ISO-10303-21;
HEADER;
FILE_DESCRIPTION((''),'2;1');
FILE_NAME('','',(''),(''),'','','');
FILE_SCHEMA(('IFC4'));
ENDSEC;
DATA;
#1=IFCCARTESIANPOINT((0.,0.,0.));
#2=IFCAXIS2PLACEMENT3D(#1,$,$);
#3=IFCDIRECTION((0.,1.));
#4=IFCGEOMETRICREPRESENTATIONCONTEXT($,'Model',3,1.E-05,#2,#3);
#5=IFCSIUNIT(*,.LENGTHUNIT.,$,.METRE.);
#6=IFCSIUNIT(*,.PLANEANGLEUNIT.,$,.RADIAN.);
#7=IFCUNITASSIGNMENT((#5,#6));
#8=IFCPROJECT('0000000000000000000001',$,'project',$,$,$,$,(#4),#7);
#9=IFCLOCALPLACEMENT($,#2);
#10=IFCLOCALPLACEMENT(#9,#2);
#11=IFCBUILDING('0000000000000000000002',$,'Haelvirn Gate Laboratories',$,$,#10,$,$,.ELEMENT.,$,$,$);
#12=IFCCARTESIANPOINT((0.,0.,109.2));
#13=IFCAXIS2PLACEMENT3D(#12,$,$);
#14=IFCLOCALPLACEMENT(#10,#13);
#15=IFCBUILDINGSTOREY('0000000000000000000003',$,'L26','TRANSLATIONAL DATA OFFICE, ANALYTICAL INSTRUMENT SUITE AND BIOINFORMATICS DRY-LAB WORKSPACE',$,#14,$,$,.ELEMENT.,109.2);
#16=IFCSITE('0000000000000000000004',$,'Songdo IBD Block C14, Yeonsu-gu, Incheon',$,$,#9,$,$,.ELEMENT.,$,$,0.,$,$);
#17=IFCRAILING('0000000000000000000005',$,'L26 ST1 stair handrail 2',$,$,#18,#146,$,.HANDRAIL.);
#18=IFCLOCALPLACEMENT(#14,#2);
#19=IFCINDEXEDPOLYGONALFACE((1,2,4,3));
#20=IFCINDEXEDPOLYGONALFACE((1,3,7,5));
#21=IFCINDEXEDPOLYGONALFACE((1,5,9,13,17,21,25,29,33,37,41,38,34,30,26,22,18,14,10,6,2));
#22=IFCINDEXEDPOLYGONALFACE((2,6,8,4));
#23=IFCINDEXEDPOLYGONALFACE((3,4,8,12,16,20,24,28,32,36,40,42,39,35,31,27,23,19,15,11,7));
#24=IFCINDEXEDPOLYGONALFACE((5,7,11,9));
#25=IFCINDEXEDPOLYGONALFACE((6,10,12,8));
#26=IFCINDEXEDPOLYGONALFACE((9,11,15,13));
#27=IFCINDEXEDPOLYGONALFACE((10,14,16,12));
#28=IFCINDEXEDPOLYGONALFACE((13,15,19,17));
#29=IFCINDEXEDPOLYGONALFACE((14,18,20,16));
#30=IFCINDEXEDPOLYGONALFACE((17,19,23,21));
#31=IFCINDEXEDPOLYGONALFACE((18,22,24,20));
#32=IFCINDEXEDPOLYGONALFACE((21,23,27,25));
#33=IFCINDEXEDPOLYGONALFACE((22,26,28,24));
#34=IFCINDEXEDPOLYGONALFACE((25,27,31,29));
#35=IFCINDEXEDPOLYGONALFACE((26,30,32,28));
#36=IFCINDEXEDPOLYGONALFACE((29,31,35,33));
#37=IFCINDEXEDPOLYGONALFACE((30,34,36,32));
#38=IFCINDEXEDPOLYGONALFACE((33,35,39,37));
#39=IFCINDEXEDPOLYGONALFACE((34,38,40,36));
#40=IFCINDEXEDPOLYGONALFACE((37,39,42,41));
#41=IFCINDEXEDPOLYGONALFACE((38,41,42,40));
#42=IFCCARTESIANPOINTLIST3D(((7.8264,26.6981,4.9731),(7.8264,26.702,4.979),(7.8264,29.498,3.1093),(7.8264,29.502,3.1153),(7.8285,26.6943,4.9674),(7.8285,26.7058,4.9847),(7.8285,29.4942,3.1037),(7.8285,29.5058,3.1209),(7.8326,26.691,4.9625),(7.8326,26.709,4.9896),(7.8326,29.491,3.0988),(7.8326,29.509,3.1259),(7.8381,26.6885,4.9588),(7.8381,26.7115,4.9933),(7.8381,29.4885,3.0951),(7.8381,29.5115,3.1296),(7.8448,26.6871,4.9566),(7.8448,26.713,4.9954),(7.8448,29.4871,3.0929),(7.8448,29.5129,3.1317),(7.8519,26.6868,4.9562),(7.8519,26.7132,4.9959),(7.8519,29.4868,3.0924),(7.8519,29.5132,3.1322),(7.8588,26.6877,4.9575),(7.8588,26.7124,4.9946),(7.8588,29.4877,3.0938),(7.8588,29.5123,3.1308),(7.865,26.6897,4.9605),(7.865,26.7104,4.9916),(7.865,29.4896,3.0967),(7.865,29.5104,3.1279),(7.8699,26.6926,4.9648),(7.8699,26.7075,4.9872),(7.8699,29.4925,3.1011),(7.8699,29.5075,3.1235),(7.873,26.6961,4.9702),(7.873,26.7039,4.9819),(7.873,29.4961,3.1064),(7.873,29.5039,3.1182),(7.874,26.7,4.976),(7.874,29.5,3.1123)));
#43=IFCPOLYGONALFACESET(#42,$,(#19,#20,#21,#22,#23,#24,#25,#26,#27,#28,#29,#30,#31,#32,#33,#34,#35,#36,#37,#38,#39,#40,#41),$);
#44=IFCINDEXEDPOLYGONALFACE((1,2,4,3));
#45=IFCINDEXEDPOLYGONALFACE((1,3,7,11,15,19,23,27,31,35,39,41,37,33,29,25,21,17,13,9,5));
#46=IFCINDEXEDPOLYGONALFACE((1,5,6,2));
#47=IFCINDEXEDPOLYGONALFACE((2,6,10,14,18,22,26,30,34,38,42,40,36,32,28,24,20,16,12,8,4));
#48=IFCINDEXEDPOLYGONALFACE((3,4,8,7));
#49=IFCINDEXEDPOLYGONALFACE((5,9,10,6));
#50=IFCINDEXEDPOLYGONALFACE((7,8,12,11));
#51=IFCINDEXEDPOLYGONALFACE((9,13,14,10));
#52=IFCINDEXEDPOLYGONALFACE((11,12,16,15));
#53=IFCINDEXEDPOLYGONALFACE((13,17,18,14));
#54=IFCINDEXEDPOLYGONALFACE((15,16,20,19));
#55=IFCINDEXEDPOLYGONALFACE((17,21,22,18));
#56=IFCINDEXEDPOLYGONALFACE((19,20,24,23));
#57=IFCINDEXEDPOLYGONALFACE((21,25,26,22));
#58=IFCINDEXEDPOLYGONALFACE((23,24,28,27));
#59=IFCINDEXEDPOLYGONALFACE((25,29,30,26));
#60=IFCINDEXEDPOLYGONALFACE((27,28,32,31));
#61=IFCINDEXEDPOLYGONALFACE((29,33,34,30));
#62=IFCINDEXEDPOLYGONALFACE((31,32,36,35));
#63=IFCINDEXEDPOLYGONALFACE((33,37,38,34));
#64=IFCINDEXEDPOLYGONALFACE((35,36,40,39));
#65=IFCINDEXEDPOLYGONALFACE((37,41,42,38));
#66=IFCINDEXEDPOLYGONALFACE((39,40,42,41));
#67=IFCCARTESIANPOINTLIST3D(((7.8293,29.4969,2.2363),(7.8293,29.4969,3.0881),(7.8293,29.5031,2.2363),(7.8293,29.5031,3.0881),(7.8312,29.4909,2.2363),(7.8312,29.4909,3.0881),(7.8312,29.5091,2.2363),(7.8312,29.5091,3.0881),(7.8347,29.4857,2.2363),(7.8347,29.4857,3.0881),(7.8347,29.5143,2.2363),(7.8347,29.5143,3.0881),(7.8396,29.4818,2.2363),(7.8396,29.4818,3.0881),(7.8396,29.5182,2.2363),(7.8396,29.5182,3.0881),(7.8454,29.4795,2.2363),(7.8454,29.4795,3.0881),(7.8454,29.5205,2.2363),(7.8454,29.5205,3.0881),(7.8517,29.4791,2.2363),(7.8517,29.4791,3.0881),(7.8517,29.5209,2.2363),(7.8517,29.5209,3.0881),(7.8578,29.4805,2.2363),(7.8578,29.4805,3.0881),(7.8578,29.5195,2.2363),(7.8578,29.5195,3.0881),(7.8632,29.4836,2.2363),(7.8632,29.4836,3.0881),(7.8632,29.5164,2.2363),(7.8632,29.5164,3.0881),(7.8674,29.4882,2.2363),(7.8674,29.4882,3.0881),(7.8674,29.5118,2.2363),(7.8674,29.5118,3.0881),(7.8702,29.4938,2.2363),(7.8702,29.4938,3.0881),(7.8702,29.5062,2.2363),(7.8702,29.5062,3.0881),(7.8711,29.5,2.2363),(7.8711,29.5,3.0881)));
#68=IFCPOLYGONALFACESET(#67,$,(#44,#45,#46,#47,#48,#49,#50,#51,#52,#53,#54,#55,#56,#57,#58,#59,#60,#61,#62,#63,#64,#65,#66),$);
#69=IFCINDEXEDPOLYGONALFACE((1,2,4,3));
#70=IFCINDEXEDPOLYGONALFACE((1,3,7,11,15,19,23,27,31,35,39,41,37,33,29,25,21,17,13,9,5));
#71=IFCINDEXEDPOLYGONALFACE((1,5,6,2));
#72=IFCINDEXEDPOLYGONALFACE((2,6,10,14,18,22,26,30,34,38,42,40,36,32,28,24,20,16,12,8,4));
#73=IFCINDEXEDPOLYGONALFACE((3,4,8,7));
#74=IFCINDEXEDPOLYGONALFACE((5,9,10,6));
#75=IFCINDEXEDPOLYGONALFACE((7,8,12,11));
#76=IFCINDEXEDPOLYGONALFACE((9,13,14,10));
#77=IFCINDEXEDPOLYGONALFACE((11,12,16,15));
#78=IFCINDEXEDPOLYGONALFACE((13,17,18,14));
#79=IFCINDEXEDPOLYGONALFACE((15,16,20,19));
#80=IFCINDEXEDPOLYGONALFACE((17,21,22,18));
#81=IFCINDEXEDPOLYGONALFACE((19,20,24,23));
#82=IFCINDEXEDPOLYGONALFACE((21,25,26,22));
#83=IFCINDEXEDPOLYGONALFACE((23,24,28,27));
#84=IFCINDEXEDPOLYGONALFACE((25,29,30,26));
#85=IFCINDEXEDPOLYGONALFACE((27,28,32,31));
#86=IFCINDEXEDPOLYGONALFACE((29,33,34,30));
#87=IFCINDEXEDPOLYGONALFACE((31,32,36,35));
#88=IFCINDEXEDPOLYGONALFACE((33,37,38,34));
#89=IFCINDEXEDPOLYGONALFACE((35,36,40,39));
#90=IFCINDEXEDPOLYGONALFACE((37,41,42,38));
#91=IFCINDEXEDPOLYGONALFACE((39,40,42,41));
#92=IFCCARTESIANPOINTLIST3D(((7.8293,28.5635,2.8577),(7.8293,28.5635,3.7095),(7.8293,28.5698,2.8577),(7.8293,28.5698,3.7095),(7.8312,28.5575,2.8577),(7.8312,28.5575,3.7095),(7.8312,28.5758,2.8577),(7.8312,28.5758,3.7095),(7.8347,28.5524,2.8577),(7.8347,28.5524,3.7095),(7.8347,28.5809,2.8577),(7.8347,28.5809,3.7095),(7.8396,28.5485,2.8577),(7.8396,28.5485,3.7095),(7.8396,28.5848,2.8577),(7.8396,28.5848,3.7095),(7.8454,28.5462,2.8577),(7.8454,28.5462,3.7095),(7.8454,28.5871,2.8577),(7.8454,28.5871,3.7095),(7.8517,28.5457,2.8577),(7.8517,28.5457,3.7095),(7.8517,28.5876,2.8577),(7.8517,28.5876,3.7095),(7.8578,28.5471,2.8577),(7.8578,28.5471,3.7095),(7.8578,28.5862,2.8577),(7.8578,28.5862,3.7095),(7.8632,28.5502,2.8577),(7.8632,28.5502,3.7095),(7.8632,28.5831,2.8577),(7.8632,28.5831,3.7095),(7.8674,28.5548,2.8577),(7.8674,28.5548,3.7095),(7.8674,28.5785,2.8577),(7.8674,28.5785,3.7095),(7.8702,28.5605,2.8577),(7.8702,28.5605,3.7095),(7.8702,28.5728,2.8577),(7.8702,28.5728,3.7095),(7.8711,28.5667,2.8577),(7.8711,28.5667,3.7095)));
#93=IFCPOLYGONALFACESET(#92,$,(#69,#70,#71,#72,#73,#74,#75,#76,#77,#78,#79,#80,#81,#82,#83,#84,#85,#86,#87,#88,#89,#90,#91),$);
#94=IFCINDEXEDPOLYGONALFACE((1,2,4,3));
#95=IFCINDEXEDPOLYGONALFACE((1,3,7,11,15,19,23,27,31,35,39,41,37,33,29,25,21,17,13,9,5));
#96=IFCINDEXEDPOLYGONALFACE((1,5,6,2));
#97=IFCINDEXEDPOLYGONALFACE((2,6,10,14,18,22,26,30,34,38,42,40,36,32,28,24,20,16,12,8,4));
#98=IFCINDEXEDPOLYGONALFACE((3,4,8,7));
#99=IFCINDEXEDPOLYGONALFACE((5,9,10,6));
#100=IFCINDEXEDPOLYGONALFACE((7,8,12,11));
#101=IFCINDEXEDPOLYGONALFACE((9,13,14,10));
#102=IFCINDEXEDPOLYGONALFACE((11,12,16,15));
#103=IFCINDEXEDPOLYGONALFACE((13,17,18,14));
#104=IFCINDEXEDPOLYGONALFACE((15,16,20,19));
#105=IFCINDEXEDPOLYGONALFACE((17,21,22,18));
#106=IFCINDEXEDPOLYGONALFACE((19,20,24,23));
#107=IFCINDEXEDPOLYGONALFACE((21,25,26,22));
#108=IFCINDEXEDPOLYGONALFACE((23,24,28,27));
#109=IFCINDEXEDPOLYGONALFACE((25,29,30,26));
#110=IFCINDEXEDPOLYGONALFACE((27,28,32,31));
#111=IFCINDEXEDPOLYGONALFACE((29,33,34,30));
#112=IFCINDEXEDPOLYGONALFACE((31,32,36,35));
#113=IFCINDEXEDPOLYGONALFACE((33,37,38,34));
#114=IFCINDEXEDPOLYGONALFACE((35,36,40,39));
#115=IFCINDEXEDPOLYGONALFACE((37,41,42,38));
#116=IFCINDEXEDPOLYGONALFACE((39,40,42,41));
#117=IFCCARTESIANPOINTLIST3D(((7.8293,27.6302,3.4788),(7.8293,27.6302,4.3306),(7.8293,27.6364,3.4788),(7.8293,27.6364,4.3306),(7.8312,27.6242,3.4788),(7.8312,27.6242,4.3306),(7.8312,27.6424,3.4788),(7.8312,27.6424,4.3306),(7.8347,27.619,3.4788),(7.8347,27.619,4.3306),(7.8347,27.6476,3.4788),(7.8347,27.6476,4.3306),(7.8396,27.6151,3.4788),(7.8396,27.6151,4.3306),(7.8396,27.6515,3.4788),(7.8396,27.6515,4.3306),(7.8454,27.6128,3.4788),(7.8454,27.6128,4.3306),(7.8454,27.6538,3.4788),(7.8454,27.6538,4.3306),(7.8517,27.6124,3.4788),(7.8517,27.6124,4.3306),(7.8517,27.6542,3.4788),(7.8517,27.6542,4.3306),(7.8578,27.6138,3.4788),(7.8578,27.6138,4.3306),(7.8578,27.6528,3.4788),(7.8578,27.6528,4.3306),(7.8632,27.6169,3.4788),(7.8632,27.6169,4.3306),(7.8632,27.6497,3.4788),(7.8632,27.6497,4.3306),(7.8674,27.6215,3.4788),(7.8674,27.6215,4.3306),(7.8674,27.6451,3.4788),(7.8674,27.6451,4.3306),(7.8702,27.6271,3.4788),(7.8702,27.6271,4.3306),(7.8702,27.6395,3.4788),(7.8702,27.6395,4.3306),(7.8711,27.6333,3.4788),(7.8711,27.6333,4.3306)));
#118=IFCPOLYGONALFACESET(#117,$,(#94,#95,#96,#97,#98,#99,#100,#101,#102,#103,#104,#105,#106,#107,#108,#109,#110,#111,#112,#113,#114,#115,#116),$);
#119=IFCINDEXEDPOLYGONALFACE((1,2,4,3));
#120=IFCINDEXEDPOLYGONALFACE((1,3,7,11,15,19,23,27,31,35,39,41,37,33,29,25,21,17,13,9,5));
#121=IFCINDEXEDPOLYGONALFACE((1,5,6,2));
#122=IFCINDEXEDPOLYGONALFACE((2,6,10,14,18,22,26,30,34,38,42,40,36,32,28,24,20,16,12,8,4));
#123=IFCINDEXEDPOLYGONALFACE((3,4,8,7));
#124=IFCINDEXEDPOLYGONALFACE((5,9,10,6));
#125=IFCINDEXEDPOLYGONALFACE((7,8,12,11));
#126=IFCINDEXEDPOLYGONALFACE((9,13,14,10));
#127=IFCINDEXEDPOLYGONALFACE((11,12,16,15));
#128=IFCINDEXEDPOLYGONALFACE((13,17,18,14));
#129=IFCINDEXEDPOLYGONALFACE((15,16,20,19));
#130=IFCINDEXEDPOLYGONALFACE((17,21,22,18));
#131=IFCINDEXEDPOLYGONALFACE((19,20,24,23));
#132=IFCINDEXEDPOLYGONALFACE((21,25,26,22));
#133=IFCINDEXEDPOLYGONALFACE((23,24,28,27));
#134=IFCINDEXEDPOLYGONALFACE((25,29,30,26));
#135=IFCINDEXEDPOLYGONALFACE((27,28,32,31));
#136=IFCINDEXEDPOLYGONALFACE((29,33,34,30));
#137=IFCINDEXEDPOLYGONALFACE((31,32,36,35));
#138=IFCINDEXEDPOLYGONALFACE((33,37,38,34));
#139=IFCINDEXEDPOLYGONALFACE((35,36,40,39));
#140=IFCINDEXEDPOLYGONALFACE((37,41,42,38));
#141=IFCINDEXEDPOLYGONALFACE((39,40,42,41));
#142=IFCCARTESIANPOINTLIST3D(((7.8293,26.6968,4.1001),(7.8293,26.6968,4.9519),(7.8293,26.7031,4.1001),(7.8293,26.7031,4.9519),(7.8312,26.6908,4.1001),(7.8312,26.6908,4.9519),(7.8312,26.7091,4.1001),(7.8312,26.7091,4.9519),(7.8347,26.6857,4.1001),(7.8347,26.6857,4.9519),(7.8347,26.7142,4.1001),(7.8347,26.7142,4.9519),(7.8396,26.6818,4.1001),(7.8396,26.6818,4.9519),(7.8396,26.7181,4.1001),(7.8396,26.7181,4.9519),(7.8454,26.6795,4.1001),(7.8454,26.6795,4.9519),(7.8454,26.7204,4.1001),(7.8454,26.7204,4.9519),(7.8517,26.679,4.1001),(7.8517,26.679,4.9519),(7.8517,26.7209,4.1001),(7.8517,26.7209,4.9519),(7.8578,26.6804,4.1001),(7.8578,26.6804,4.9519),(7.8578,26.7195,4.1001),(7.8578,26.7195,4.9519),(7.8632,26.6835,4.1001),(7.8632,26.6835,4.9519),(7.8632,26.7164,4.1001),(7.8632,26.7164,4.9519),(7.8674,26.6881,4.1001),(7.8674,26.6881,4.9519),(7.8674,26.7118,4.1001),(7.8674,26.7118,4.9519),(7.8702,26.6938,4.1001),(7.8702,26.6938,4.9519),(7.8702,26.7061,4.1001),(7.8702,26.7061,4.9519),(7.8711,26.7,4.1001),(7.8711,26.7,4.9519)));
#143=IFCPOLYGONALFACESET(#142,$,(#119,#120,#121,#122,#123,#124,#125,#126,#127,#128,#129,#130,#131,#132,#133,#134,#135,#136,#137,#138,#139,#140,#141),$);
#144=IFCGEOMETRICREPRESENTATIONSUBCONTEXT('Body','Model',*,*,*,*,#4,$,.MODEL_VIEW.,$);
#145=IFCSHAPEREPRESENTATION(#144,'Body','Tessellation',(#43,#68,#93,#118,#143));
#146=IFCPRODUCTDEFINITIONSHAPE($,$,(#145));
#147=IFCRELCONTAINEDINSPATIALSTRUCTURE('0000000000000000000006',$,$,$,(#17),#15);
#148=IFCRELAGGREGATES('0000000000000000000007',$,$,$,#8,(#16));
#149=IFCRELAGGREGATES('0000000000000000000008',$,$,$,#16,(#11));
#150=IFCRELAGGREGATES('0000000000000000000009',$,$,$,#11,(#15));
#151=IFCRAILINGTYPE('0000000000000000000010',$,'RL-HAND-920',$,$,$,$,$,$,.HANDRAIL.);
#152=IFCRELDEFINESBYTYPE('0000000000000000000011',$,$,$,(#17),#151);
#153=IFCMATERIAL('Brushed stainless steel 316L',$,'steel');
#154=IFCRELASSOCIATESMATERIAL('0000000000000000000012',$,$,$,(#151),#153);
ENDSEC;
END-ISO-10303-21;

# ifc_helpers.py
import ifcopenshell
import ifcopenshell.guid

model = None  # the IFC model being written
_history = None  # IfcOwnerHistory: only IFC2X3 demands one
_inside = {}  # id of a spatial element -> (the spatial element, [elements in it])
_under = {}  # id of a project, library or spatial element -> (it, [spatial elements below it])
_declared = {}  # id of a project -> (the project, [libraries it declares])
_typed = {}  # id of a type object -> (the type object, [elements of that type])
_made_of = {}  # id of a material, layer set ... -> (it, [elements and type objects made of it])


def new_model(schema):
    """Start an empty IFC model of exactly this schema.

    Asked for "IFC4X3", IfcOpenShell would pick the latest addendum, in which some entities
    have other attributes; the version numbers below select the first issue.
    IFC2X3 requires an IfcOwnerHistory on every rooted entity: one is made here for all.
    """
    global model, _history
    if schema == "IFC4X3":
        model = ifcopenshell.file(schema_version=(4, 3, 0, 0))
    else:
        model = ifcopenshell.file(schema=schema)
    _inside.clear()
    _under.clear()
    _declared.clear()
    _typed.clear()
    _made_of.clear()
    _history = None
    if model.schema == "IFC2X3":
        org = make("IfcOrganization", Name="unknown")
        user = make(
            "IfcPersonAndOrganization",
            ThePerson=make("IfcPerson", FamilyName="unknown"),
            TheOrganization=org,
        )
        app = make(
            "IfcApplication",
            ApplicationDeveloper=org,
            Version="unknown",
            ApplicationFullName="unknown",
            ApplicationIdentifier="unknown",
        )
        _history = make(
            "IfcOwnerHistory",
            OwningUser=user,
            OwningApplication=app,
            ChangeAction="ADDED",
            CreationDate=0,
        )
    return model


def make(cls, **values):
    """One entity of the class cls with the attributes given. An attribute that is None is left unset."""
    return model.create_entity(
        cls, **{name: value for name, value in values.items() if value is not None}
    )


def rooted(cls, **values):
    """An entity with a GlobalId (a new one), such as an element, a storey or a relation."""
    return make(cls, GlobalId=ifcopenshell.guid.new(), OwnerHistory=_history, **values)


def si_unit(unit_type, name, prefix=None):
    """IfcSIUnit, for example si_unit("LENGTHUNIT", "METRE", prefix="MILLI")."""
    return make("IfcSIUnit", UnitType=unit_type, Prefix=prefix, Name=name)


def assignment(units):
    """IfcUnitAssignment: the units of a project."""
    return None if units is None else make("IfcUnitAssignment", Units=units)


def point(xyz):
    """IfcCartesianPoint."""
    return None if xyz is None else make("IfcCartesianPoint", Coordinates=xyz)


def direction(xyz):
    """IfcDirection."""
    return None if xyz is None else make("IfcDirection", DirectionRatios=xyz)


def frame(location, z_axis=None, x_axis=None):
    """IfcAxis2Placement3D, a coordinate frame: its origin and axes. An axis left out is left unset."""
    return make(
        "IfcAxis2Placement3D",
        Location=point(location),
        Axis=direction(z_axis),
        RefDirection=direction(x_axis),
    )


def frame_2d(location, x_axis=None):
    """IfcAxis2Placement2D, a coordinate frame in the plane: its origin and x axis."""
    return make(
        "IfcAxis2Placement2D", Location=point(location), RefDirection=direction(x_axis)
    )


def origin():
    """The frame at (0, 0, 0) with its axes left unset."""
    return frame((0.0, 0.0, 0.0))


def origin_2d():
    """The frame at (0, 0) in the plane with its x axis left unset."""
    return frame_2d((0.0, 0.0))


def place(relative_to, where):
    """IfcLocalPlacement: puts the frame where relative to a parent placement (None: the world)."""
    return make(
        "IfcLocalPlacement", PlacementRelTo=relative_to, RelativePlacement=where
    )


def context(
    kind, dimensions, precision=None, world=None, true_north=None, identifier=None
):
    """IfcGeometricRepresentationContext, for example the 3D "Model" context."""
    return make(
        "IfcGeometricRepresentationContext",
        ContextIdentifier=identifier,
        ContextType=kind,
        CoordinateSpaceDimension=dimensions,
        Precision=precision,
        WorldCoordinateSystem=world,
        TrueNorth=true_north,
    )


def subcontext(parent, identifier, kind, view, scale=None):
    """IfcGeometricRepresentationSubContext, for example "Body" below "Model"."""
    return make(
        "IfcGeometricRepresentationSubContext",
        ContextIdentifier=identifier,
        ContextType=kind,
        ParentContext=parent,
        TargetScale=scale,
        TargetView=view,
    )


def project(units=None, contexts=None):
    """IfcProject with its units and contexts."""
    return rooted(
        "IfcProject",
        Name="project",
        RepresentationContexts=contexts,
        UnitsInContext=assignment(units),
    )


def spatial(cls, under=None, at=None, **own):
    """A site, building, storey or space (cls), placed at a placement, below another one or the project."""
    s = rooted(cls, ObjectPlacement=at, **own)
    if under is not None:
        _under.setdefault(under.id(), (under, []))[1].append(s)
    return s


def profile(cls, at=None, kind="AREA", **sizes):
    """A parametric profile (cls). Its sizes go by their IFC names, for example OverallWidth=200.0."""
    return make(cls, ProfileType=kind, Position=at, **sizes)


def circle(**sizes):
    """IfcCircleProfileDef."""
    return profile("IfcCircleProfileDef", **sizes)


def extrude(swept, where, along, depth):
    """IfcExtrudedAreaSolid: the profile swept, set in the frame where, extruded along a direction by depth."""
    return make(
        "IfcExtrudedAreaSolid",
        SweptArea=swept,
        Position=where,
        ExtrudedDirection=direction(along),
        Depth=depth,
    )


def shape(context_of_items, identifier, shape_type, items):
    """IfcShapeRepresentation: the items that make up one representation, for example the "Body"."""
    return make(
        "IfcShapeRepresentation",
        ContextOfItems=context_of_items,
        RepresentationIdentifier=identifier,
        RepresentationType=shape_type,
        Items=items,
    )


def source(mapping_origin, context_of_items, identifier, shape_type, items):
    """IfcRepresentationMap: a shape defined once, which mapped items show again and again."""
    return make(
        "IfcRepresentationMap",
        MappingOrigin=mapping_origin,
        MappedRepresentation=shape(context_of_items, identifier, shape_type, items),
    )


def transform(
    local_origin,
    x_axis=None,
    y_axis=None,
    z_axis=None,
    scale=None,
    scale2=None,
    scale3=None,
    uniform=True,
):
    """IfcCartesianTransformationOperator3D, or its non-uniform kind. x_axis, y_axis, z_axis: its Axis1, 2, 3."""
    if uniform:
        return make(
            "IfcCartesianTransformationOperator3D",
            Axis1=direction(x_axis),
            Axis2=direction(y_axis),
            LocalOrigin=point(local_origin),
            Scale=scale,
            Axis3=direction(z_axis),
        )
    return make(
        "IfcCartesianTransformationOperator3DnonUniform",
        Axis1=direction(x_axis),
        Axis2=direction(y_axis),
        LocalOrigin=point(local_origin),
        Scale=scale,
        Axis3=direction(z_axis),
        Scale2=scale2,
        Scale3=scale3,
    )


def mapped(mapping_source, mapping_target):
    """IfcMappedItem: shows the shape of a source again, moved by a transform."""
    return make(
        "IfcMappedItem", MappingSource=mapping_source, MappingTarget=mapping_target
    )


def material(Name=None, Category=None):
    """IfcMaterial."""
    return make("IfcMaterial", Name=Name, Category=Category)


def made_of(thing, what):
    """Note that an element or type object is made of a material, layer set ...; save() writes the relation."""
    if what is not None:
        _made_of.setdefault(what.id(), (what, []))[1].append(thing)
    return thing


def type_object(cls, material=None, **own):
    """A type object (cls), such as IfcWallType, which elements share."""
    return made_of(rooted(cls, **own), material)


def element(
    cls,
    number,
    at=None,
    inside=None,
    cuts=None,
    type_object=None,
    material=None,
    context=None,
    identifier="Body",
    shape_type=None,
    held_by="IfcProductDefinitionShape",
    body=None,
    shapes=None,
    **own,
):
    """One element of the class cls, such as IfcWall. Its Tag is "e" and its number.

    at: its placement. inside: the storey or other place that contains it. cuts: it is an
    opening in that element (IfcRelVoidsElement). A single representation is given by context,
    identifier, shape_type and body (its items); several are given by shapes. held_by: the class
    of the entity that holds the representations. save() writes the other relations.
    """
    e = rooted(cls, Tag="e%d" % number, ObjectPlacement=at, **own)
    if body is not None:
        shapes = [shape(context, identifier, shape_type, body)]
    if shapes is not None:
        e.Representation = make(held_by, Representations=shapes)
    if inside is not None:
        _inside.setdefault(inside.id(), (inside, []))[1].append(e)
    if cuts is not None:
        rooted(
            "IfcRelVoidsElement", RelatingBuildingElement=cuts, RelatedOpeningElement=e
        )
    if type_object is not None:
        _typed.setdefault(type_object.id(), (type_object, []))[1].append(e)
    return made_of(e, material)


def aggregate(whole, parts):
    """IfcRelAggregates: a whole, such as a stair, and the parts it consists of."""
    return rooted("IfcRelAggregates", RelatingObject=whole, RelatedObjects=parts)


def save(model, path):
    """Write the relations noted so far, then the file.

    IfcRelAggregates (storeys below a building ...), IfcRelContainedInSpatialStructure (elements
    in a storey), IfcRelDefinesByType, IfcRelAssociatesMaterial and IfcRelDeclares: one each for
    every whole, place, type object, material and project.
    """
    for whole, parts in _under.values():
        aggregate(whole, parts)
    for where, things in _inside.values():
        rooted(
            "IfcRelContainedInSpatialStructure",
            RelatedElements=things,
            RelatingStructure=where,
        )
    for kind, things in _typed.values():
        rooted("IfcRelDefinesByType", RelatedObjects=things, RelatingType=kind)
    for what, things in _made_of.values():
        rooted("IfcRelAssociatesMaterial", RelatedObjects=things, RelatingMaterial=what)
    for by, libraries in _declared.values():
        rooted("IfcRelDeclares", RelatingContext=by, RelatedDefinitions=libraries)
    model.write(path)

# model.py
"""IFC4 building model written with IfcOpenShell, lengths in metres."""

from ifc_helpers import new_model, si_unit, direction, frame, origin, origin_2d, place, context, subcontext, project, spatial, circle, extrude, source, transform, mapped, material, type_object, element, save


model = new_model("IFC4")

# Units and contexts
model_context = context("Model", 3, precision=1e-05, world=origin(), true_north=direction((0.0, 1.0)))
body_context = subcontext(model_context, "Body", "Model", "MODEL_VIEW")
ifc_project = project(units=[si_unit("LENGTHUNIT", "METRE"), si_unit("PLANEANGLEUNIT", "RADIAN")], contexts=[model_context])

# Site, building, storey
site_placement = place(None, origin())
site = spatial("IfcSite", under=ifc_project, at=site_placement, Name="Songdo IBD Block C14, Yeonsu-gu, Incheon", CompositionType="ELEMENT", RefElevation=0.0)
building_placement = place(site_placement, origin())
building = spatial("IfcBuilding", under=site, at=building_placement, Name="Haelvirn Gate Laboratories", CompositionType="ELEMENT")
storey_placement = place(building_placement, frame((0.0, 0.0, 109.2)))
storey = spatial("IfcBuildingStorey", under=building, at=storey_placement, Name="L26", Description="TRANSLATIONAL DATA OFFICE, ANALYTICAL INSTRUMENT SUITE AND BIOINFORMATICS DRY-LAB WORKSPACE", CompositionType="ELEMENT", Elevation=109.2)

# Railing
ifc_material_1 = material(Name="Brushed stainless steel 316L", Category="steel")
railing_type_1 = type_object("IfcRailingType", Name="RL-HAND-920", PredefinedType="HANDRAIL", material=ifc_material_1)
shared_shape_1 = source(origin(), body_context, "Body", "SweptSolid", [
    extrude(circle(Radius=0.0239, at=origin_2d()), frame((0.0, 0.0, 0.876), z_axis=(0.0, -0.832452, 0.554097), x_axis=(1.0, 0.0, 0.0)), (0.0, 0.0, 1.0), 3.3635),
    extrude(circle(Radius=0.021, at=origin_2d()), origin(), (0.0, 0.0, 1.0), 0.8518),
    extrude(circle(Radius=0.021, at=origin_2d()), frame((0.0, -0.9333, 0.6213)), (0.0, 0.0, 1.0), 0.8518),
    extrude(circle(Radius=0.021, at=origin_2d()), frame((0.0, -1.8667, 1.2424)), (0.0, 0.0, 1.0), 0.8518),
    extrude(circle(Radius=0.021, at=origin_2d()), frame((0.0, -2.8, 1.8638)), (0.0, 0.0, 1.0), 0.8518),
])
railing_1_placement = place(storey_placement, frame((7.8501, 29.5, 2.2363)))
element("IfcRailing", 1, at=railing_1_placement, inside=storey, type_object=railing_type_1, Name="L26 ST1 stair handrail 2", PredefinedType="HANDRAIL", context=body_context, shape_type="MappedRepresentation", body=[
    mapped(shared_shape_1, transform((0.0, 0.0, 0.0), scale=1.0)),
])

save(model, "model.ifc")
